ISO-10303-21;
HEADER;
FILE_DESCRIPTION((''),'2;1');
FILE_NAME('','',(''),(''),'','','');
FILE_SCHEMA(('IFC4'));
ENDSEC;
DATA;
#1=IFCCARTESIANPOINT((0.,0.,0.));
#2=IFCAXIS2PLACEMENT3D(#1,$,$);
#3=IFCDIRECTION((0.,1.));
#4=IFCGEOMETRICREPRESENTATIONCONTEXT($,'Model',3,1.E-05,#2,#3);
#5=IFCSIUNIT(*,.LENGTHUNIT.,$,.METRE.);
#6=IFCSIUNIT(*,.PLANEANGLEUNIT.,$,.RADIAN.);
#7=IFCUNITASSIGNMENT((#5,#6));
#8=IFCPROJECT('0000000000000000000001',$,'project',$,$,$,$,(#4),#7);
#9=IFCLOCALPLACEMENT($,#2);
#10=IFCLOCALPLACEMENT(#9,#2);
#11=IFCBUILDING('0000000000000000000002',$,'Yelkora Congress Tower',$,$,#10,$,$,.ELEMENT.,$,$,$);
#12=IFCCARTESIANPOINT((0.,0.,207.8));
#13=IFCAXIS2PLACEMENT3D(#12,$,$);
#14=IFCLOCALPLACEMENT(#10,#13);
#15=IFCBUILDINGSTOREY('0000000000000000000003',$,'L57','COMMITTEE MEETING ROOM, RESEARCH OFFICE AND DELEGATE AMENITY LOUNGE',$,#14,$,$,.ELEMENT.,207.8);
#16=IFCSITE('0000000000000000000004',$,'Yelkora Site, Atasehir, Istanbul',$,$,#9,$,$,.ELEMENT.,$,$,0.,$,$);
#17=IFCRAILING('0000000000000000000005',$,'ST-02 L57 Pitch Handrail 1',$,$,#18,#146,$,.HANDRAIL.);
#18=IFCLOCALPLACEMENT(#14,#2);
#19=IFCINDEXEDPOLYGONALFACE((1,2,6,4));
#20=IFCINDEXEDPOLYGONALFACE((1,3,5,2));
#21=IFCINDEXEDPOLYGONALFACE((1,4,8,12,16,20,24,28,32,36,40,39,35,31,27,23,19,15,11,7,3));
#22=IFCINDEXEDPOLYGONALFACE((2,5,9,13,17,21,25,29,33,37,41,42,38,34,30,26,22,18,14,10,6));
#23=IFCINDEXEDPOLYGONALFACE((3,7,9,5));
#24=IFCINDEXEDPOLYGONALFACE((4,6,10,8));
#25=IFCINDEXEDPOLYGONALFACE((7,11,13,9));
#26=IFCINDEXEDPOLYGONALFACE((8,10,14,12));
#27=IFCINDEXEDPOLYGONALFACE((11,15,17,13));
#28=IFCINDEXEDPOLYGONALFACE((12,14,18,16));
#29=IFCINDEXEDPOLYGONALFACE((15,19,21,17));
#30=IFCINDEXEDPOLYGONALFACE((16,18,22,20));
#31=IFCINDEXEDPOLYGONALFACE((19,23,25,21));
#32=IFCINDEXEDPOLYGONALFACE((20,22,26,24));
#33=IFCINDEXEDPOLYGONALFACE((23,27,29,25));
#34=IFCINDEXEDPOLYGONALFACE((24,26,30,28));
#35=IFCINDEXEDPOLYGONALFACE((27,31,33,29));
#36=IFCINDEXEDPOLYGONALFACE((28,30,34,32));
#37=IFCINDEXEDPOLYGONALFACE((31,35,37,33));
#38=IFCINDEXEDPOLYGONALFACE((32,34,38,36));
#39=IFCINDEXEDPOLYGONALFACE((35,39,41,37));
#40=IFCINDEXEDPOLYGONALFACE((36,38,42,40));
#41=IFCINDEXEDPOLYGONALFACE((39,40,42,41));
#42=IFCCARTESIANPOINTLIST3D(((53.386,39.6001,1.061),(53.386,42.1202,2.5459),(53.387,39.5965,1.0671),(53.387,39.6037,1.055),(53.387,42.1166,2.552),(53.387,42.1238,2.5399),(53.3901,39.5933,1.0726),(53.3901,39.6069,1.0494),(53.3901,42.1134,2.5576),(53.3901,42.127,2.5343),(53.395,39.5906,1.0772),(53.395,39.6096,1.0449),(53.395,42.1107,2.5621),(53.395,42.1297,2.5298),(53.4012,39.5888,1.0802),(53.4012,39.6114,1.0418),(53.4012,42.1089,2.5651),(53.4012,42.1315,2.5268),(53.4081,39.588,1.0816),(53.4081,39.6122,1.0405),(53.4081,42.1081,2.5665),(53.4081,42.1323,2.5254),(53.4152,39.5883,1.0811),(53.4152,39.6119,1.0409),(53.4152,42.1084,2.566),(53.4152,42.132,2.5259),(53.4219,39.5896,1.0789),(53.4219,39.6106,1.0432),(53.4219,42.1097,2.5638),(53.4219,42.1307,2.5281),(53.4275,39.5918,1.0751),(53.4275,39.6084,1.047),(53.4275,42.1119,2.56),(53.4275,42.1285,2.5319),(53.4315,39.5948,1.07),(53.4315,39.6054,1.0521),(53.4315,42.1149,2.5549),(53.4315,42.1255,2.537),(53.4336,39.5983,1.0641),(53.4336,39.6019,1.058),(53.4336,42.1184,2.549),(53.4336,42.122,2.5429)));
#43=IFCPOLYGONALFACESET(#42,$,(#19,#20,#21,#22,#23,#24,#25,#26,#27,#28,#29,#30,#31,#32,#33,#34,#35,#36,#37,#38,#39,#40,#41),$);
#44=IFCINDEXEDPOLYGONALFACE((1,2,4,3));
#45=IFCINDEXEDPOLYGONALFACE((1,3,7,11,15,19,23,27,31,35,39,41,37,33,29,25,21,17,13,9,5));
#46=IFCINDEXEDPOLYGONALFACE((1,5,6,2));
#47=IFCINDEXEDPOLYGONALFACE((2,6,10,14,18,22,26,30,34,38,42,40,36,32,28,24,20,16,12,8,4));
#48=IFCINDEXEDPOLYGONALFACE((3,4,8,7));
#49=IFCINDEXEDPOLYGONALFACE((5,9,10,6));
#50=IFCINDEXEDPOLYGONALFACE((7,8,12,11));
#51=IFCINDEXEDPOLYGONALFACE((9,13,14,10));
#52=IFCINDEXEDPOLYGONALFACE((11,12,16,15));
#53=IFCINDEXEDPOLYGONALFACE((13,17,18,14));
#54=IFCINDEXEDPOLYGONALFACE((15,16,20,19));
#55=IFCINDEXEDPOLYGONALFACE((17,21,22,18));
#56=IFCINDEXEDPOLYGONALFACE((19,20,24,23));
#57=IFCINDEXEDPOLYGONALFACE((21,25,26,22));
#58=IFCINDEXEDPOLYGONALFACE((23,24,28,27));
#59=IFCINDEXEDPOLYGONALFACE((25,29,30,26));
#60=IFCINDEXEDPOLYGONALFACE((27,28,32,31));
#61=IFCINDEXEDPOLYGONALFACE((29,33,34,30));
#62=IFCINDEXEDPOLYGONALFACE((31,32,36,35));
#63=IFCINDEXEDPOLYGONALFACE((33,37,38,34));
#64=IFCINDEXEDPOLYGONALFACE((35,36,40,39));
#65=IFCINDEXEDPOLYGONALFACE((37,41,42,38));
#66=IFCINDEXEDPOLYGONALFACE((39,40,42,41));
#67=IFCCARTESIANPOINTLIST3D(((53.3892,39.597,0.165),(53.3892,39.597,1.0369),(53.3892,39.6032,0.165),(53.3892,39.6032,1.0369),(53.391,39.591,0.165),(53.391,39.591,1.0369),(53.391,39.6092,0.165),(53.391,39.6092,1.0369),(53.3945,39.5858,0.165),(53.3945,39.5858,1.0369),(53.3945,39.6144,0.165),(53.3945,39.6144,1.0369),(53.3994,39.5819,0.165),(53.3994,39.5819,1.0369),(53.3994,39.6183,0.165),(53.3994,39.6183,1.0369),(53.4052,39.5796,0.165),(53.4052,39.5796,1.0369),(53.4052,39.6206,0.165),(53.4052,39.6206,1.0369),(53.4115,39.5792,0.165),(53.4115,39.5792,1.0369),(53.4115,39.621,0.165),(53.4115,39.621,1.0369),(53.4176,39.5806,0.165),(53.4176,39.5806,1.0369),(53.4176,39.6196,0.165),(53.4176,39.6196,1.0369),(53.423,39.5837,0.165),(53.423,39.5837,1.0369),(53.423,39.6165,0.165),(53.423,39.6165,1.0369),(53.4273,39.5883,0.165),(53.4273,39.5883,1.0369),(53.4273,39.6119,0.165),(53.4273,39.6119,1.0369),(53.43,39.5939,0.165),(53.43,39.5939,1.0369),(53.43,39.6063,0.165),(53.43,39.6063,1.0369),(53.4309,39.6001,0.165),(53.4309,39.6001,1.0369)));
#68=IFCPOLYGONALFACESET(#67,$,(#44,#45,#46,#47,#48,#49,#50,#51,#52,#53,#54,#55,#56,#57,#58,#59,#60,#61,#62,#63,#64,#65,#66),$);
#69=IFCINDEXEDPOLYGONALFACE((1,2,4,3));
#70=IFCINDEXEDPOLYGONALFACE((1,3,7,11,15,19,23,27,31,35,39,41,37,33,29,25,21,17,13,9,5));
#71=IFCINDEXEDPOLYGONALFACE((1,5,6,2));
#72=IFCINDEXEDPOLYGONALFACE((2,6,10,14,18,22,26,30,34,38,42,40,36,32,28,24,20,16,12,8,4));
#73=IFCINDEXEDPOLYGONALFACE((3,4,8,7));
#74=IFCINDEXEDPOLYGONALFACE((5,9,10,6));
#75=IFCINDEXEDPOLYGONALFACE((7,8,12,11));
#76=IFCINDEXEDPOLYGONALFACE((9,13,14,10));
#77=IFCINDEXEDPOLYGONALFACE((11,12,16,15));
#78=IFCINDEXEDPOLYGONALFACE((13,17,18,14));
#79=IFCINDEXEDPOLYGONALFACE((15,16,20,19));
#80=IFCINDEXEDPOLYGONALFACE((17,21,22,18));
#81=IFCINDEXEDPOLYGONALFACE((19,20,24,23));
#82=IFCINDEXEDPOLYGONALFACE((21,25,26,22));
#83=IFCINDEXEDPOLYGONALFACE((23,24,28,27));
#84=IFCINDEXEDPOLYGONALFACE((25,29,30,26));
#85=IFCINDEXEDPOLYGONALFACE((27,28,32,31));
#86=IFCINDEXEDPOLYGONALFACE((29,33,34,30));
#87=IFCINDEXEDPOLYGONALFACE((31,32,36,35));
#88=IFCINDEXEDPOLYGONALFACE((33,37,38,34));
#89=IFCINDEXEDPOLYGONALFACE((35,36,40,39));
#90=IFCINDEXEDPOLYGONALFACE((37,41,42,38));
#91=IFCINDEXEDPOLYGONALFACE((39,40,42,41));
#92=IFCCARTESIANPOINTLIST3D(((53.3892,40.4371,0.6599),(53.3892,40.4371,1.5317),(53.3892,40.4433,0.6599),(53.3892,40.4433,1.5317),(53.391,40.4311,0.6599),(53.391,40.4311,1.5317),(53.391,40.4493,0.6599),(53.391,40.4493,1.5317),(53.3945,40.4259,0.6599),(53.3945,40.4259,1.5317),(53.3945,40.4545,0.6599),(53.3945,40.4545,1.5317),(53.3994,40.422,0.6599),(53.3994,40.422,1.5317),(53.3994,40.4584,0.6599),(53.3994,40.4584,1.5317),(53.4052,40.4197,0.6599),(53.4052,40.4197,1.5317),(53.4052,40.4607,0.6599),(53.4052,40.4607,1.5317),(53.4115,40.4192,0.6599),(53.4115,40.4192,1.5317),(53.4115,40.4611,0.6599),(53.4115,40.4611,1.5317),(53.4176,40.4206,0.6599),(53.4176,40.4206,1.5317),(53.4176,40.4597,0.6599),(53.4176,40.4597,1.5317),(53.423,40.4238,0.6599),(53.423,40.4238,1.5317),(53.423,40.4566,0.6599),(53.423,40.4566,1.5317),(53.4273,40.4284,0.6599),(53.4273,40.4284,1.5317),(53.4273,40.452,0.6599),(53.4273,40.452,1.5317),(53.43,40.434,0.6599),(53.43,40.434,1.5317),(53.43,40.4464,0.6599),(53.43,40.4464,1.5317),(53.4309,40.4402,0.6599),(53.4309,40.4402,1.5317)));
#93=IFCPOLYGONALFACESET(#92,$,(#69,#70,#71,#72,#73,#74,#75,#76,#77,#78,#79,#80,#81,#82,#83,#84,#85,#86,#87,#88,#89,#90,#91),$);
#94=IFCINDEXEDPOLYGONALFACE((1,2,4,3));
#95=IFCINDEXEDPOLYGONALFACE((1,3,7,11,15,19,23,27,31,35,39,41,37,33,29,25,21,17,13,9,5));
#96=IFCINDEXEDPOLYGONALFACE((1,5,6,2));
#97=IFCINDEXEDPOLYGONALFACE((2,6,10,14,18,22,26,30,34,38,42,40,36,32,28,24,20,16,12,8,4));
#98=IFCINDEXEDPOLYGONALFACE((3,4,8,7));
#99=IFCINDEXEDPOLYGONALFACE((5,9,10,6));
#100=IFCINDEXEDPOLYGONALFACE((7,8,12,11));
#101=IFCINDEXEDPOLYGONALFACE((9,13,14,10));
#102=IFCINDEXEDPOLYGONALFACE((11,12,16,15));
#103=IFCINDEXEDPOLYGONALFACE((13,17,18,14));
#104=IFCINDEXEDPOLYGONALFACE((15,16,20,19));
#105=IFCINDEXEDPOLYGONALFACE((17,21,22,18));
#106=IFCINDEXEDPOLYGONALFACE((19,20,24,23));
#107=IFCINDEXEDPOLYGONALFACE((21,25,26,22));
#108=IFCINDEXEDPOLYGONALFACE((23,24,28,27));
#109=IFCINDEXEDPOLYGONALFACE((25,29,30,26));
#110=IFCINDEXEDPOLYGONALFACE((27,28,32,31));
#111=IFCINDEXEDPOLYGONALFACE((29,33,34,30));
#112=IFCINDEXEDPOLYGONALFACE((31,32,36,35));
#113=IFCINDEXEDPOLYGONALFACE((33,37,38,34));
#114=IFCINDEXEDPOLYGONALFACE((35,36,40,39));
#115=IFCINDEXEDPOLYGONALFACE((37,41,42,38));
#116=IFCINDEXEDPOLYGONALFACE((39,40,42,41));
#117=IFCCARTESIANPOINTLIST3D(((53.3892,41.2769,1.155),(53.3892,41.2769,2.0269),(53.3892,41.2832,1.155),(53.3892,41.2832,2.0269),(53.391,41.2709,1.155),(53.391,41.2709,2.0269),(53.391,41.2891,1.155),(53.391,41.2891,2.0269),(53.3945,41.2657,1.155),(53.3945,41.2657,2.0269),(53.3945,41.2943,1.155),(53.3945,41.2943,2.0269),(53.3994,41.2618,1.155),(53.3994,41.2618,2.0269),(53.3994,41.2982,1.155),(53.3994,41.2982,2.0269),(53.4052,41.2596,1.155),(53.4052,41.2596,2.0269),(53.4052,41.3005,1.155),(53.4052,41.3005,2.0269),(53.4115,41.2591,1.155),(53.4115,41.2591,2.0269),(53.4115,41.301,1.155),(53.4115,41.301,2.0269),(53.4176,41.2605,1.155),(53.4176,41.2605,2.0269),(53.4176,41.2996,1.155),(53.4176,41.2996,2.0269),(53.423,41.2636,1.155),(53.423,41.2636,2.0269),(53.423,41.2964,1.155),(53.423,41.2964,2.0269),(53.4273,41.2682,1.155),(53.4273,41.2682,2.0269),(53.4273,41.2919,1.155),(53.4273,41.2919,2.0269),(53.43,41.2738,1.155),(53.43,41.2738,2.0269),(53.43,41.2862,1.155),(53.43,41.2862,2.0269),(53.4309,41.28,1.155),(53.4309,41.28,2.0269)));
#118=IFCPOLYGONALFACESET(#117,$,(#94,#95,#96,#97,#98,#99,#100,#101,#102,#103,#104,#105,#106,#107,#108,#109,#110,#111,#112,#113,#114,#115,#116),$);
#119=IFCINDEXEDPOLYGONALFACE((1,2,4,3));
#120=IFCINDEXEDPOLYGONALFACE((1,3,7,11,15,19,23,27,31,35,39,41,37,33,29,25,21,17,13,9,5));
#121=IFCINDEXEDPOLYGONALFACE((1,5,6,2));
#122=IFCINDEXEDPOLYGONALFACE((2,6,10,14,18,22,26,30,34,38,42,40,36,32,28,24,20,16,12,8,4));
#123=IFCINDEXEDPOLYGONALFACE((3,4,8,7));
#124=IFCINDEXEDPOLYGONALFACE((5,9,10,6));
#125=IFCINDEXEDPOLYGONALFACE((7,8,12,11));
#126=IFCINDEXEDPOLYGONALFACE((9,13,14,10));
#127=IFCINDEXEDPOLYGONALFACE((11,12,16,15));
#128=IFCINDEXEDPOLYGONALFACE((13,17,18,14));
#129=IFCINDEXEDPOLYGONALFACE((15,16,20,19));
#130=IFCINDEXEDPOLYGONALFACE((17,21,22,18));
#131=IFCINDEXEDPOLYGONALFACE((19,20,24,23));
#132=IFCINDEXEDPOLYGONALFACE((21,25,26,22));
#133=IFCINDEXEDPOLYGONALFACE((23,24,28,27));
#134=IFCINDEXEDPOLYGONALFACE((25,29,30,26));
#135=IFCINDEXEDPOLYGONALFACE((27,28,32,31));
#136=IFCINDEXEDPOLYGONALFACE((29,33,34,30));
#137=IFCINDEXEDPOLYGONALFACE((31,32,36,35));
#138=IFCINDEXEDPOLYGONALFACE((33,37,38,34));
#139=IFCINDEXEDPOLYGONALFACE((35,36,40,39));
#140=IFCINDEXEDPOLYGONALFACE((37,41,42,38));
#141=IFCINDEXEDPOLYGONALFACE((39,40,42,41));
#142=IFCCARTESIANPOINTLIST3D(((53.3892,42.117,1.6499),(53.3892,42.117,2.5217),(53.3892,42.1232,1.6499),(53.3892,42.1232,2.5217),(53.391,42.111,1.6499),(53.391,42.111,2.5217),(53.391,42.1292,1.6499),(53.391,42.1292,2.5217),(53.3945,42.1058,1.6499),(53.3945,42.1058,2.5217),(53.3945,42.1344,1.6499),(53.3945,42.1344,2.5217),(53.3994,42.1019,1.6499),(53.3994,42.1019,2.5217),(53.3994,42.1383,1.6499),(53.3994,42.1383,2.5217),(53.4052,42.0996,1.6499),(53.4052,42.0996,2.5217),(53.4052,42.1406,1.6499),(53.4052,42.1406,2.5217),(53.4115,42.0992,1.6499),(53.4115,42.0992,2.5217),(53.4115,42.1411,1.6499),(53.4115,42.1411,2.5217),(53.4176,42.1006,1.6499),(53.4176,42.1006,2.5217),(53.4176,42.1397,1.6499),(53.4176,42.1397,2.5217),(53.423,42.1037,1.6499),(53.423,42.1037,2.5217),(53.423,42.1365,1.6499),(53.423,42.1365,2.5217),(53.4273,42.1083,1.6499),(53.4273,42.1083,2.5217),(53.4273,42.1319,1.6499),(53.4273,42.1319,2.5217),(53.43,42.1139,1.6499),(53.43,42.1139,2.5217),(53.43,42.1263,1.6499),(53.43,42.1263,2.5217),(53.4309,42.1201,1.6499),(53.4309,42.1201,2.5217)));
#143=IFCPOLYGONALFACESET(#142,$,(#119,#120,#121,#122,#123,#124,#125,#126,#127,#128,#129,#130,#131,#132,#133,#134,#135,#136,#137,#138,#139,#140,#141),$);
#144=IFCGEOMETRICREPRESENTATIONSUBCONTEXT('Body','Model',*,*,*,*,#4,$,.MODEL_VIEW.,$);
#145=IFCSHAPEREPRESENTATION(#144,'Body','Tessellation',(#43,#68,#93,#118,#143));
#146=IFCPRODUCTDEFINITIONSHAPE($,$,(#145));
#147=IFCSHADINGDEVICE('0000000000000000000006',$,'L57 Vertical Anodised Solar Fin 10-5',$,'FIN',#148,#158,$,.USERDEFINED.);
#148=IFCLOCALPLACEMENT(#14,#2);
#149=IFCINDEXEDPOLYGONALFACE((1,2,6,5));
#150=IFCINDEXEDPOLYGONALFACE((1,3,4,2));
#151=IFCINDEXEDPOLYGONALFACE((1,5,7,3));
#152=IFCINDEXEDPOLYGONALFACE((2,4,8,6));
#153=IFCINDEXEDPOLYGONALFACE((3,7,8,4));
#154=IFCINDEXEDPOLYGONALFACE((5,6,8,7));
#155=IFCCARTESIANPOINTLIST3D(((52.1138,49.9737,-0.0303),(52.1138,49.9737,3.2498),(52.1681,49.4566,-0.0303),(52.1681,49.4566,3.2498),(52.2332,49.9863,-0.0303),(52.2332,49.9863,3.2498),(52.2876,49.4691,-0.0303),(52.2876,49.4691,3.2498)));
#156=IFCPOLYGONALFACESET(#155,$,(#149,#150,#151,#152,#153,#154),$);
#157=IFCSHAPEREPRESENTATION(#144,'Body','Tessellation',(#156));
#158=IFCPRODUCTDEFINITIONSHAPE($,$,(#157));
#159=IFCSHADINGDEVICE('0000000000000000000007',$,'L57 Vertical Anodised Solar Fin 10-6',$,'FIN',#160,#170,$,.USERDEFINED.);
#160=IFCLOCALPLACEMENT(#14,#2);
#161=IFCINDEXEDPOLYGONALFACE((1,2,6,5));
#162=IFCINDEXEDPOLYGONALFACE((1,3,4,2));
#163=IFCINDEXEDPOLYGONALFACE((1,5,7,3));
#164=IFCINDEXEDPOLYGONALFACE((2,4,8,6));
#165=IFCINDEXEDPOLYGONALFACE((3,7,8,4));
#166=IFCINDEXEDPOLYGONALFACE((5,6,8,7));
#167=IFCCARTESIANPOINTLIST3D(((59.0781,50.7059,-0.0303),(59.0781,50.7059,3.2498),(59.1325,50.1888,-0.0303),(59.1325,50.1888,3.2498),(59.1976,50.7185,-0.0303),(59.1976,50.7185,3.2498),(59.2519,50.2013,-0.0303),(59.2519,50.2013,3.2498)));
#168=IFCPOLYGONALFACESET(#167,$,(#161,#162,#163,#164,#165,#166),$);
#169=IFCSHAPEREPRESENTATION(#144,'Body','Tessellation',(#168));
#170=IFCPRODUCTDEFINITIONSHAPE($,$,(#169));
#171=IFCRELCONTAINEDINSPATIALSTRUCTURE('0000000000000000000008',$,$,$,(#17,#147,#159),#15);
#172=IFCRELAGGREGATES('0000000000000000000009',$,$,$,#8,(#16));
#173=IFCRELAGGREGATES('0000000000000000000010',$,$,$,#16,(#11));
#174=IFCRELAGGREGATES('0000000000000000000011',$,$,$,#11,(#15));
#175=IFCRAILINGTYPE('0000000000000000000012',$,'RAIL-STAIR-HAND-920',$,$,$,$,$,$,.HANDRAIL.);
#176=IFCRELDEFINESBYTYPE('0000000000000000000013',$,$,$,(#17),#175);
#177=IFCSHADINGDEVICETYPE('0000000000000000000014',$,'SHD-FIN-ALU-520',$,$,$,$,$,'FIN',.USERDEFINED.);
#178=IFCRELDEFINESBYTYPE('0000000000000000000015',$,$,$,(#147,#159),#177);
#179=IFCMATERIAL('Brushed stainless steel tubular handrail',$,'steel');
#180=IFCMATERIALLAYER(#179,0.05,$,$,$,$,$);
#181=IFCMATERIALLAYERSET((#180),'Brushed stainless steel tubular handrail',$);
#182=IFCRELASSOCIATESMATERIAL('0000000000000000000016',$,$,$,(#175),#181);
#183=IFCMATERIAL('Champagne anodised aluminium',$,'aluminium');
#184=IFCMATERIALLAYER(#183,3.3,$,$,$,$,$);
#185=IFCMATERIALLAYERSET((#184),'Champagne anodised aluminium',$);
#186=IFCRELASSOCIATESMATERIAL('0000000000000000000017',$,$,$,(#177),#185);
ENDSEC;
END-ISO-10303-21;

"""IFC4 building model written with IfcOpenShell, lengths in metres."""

from ifc_helpers import new_model, si_unit, direction, frame, origin, origin_2d, place, context, subcontext, project, spatial, rectangle, circle, extrude, material, layer, layer_set, type_object, element, save


model = new_model("IFC4")

# Units and contexts
model_context = context("Model", 3, precision=1e-05, world=origin(), true_north=direction((0.0, 1.0)))
body_context = subcontext(model_context, "Body", "Model", "MODEL_VIEW")
ifc_project = project(units=[si_unit("LENGTHUNIT", "METRE"), si_unit("PLANEANGLEUNIT", "RADIAN")], contexts=[model_context])

# Site, building, storey
site_placement = place(None, origin())
site = spatial("IfcSite", under=ifc_project, at=site_placement, Name="Yelkora Site, Atasehir, Istanbul", CompositionType="ELEMENT", RefElevation=0.0)
building_placement = place(site_placement, origin())
building = spatial("IfcBuilding", under=site, at=building_placement, Name="Yelkora Congress Tower", CompositionType="ELEMENT")
storey_placement = place(building_placement, frame((0.0, 0.0, 207.8)))
storey = spatial("IfcBuildingStorey", under=building, at=storey_placement, Name="L57", Description="COMMITTEE MEETING ROOM, RESEARCH OFFICE AND DELEGATE AMENITY LOUNGE", CompositionType="ELEMENT", Elevation=207.8)

# Railing
ifc_material_1 = material(Name="Brushed stainless steel tubular handrail", Category="steel")
ifc_layer_1 = layer(ifc_material_1, 0.05)
ifc_layer_set_1 = layer_set([ifc_layer_1], Name="Brushed stainless steel tubular handrail")
railing_type_1 = type_object("IfcRailingType", Name="RAIL-STAIR-HAND-920", PredefinedType="HANDRAIL", material=ifc_layer_set_1)
railing_1_placement = place(storey_placement, frame((53.4099, 39.6001, 0.165)))
element("IfcRailing", 1, at=railing_1_placement, inside=storey, type_object=railing_type_1, Name="ST-02 L57 Pitch Handrail 1", PredefinedType="HANDRAIL", context=body_context, shape_type="SweptSolid", body=[
    extrude(circle(Radius=0.0239, at=origin_2d()), frame((0.0, 0.0, 0.896), z_axis=(0.0, 0.861561, 0.507655), x_axis=(-1.0, 0.0, 0.0)), (0.0, 0.0, 1.0), 2.925),
    extrude(circle(Radius=0.021, at=origin_2d()), origin(), (0.0, 0.0, 1.0), 0.8718),
    extrude(circle(Radius=0.021, at=origin_2d()), frame((0.0, 0.8401, 0.4949)), (0.0, 0.0, 1.0), 0.8718),
    extrude(circle(Radius=0.021, at=origin_2d()), frame((0.0, 1.6799, 0.99)), (0.0, 0.0, 1.0), 0.8718),
    extrude(circle(Radius=0.021, at=origin_2d()), frame((0.0, 2.52, 1.4849)), (0.0, 0.0, 1.0), 0.8718),
])

# Shading devices
ifc_material_2 = material(Name="Champagne anodised aluminium", Category="aluminium")
ifc_layer_2 = layer(ifc_material_2, 3.3)
ifc_layer_set_2 = layer_set([ifc_layer_2], Name="Champagne anodised aluminium")
shading_device_type = type_object("IfcShadingDeviceType", Name="SHD-FIN-ALU-520", ElementType="FIN", PredefinedType="USERDEFINED", material=ifc_layer_set_2)
for number, where, z_axis, x_axis, name in (
    (2, (52.2007, 49.7214, -0.0303), (0.0, 0.0, 1.0), (0.994522, 0.104528, 0.0), "L57 Vertical Anodised Solar Fin 10-5"),
    (3, (59.165, 50.4536, -0.0303), (0.0, 0.0, 1.0), (0.994522, 0.104528, 0.0), "L57 Vertical Anodised Solar Fin 10-6"),
):
    element("IfcShadingDevice", number, at=place(storey_placement, frame(where, z_axis=z_axis, x_axis=x_axis)), inside=storey, type_object=shading_device_type, Name=name, ObjectType="FIN", PredefinedType="USERDEFINED", context=body_context, shape_type="SweptSolid", body=[
        extrude(rectangle(XDim=0.1201, YDim=0.52, at=origin_2d()), origin(), (0.0, 0.0, 1.0), 3.28),
    ])

save(model, "model.ifc")
